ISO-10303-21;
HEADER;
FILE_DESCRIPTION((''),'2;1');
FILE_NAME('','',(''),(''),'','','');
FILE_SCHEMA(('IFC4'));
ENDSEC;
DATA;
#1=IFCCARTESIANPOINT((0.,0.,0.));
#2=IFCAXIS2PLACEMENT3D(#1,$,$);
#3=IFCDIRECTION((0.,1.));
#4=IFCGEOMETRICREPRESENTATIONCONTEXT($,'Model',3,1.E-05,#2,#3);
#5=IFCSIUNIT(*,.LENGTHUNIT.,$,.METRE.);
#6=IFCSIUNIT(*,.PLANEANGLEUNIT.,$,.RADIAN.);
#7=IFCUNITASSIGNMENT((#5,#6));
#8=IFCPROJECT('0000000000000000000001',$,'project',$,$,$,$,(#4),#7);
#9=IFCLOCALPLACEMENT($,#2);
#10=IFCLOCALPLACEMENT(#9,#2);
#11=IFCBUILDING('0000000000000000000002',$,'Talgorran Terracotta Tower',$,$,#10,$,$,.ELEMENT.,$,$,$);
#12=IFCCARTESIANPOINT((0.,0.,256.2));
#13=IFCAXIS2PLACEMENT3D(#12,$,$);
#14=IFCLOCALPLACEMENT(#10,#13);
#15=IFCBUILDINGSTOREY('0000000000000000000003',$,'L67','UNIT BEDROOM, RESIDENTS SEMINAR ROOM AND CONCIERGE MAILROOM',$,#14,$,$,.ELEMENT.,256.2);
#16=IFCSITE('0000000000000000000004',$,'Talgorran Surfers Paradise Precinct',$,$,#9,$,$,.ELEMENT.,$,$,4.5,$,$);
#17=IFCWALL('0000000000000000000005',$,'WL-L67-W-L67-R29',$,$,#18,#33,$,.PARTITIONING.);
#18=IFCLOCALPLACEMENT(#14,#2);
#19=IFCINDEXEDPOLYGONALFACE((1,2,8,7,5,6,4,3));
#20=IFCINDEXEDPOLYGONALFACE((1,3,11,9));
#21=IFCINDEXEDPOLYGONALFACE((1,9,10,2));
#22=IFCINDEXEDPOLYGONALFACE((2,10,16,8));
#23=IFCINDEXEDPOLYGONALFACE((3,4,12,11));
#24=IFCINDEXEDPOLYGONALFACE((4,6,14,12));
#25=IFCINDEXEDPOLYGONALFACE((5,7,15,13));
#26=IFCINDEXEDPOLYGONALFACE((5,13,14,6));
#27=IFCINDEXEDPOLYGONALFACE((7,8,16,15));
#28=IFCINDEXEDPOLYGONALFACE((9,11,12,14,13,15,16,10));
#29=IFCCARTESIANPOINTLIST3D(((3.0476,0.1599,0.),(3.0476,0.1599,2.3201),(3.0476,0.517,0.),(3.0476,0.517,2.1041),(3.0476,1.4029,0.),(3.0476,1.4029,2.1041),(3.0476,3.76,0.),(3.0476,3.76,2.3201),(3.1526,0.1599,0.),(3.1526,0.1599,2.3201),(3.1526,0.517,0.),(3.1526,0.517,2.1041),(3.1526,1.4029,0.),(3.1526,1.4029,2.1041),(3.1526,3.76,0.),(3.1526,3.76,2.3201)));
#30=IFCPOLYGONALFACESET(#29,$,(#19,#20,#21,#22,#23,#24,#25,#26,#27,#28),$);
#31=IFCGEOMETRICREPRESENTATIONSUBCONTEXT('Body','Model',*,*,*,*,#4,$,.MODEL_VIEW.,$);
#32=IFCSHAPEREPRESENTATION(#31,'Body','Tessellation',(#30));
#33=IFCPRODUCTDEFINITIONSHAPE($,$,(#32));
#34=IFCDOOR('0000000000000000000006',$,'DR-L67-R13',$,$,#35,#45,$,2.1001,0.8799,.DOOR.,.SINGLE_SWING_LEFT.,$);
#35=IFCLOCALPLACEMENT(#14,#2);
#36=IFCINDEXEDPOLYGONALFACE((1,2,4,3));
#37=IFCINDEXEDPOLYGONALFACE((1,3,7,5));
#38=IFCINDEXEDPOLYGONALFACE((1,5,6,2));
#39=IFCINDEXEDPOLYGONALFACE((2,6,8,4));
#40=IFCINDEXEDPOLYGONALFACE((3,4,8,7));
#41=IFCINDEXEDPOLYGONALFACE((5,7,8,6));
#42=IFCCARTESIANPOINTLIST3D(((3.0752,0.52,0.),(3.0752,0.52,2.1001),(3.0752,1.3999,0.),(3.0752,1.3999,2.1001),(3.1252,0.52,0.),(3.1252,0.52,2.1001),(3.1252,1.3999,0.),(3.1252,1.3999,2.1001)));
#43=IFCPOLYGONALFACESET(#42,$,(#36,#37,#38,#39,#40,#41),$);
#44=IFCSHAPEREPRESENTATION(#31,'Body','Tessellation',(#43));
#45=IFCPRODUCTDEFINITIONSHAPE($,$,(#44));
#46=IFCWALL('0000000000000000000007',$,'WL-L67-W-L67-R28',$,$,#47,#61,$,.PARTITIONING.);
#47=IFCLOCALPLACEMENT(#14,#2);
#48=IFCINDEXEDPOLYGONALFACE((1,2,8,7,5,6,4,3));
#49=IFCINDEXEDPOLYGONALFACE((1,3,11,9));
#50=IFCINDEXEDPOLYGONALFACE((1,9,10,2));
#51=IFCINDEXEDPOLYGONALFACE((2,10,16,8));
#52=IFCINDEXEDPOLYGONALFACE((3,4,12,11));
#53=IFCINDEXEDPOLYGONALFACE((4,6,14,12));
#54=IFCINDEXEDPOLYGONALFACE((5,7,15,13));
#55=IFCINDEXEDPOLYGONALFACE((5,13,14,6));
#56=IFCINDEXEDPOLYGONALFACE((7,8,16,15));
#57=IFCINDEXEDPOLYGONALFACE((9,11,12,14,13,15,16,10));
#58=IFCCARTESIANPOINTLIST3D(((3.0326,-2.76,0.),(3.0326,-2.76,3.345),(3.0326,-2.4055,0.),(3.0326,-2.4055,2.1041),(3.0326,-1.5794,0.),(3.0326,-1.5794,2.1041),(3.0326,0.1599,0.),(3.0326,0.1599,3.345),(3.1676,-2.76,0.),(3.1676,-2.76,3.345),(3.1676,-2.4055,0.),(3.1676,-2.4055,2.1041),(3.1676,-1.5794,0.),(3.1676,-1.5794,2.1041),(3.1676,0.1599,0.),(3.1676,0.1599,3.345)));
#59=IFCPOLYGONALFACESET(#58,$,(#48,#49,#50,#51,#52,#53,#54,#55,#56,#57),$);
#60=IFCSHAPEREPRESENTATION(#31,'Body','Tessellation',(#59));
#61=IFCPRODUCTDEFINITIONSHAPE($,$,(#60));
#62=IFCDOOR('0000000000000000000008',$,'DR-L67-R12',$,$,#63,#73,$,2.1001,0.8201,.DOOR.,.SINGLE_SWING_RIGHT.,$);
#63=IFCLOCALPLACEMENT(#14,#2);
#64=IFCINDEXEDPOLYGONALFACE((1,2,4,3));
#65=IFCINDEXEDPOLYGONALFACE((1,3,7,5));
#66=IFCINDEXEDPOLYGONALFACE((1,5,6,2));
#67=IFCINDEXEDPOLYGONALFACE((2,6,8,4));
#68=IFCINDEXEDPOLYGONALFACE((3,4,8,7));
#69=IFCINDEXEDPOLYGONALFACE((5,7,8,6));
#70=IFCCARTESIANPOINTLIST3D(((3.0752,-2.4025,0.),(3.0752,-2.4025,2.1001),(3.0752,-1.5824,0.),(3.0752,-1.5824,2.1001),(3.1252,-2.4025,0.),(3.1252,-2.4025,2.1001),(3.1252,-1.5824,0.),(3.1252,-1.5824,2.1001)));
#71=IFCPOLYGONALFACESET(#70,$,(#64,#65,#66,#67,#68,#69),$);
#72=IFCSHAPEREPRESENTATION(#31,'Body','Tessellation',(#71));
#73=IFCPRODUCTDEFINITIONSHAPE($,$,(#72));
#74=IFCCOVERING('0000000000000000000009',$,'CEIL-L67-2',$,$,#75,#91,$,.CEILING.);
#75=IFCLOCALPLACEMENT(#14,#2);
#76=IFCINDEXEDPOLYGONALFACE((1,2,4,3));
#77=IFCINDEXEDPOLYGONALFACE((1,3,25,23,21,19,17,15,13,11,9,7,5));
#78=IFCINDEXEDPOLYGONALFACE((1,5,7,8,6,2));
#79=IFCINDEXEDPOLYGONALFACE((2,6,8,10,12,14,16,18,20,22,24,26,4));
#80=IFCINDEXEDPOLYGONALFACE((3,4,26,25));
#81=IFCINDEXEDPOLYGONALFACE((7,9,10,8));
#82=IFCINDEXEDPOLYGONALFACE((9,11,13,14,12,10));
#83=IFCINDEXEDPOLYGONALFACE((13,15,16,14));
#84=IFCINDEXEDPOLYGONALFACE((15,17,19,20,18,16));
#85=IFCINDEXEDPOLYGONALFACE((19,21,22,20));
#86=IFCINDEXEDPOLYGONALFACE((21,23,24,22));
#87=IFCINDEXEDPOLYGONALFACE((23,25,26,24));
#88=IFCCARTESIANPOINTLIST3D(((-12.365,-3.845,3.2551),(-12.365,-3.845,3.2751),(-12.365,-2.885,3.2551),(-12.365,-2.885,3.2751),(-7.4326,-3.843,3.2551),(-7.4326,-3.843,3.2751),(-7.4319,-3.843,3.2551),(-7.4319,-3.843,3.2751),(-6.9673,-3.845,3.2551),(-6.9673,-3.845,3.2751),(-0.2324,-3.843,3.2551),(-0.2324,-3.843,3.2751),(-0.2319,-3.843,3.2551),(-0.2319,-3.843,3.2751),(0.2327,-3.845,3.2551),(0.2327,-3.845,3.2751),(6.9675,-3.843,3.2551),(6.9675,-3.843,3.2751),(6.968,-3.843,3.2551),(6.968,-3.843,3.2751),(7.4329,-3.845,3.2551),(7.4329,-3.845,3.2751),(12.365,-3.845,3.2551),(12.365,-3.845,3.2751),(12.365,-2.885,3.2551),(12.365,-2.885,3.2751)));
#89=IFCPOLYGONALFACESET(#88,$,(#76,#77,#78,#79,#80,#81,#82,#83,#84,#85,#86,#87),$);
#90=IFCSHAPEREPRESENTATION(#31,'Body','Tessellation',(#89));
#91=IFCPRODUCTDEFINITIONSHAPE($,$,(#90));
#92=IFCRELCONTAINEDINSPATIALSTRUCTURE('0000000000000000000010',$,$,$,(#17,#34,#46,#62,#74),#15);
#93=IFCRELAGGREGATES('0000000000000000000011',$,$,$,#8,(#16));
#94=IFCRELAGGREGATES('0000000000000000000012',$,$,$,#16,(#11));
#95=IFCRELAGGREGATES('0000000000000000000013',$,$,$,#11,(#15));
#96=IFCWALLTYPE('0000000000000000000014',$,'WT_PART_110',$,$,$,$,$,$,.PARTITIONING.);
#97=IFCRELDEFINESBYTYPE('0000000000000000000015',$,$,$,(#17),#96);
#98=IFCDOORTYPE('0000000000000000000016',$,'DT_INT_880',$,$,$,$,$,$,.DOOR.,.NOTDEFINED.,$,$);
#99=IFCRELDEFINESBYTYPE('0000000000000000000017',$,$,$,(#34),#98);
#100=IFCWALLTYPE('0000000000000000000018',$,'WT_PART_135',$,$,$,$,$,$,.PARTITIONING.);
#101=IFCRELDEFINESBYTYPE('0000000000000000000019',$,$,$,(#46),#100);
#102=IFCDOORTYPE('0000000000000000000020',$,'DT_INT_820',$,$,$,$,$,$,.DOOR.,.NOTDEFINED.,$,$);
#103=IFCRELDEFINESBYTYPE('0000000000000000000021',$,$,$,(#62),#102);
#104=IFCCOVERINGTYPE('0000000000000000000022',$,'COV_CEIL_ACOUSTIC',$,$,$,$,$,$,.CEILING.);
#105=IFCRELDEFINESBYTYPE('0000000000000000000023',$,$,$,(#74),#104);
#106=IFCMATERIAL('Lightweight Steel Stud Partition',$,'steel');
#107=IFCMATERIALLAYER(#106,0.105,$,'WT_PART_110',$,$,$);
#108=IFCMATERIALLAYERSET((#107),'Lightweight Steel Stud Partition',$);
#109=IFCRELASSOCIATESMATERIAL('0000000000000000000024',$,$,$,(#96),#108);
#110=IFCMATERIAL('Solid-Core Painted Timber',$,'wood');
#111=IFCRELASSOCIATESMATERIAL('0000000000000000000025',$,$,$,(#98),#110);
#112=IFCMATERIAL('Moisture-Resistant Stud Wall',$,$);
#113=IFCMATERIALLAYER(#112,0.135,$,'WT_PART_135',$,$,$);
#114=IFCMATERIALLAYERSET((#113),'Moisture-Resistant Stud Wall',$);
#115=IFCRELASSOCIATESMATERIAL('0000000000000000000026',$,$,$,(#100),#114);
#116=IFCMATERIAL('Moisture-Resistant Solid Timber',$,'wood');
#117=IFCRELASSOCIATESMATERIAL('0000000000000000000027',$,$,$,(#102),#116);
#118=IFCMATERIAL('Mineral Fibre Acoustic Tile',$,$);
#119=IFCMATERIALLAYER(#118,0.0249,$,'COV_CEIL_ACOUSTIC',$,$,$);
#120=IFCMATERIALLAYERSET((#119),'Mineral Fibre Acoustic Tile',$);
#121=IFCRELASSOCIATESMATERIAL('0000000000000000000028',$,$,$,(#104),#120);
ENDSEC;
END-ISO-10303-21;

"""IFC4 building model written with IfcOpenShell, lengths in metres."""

from ifc_helpers import new_model, si_unit, direction, frame, frame_2d, origin, place, context, subcontext, project, spatial, polyline, rectangle, outline, extrude, material, layer, layer_set, type_object, element, fill, save


model = new_model("IFC4")

# Units and contexts
model_context = context("Model", 3, precision=1e-05, world=origin(), true_north=direction((0.0, 1.0)))
body_context = subcontext(model_context, "Body", "Model", "MODEL_VIEW")
ifc_project = project(units=[si_unit("LENGTHUNIT", "METRE"), si_unit("PLANEANGLEUNIT", "RADIAN")], contexts=[model_context])

# Site, building, storey
site_placement = place(None, origin())
site = spatial("IfcSite", under=ifc_project, at=site_placement, Name="Talgorran Surfers Paradise Precinct", CompositionType="ELEMENT", RefElevation=4.5)
building_placement = place(site_placement, origin())
building = spatial("IfcBuilding", under=site, at=building_placement, Name="Talgorran Terracotta Tower", CompositionType="ELEMENT")
storey_placement = place(building_placement, frame((0.0, 0.0, 256.2)))
storey = spatial("IfcBuildingStorey", under=building, at=storey_placement, Name="L67", Description="UNIT BEDROOM, RESIDENTS SEMINAR ROOM AND CONCIERGE MAILROOM", CompositionType="ELEMENT", Elevation=256.2)

# Walls, openings, doors
ifc_material_1 = material(Name="Lightweight Steel Stud Partition", Category="steel")
ifc_layer_1 = layer(ifc_material_1, 0.105, Name="WT_PART_110")
ifc_layer_set_1 = layer_set([ifc_layer_1], Name="Lightweight Steel Stud Partition")
wall_type_1 = type_object("IfcWallType", Name="WT_PART_110", PredefinedType="PARTITIONING", material=ifc_layer_set_1)
wall_1_placement = place(storey_placement, frame((3.1001, 0.1599, 0.0), z_axis=(0.0, 0.0, 1.0), x_axis=(0.0, 1.0, 0.0)))
wall_1 = element("IfcWall", 1, at=wall_1_placement, inside=storey, type_object=wall_type_1, Name="WL-L67-W-L67-R29", PredefinedType="PARTITIONING", context=body_context, shape_type="SweptSolid", body=[
    extrude(rectangle(XDim=3.6001, YDim=0.105, at=frame_2d((1.8, 0.0))), origin(), (0.0, 0.0, 1.0), 2.3201),
])
opening_1_placement = place(wall_1_placement, frame((0.3601, 0.0, 0.0)))
opening_1 = element("IfcOpeningElement", 2, at=opening_1_placement, cuts=wall_1, PredefinedType="OPENING", context=body_context, shape_type="SweptSolid", body=[
    extrude(rectangle(XDim=0.8859, YDim=2.1041, at=frame_2d((0.4399, 1.052))), frame((0.0, 0.0625, 0.0), z_axis=(0.0, -1.0, 0.0), x_axis=(1.0, 0.0, 0.0)), (0.0, 0.0, 1.0), 0.125),
])
ifc_material_2 = material(Name="Solid-Core Painted Timber", Category="wood")
door_type_1 = type_object("IfcDoorType", Name="DT_INT_880", OperationType="NOTDEFINED", PredefinedType="DOOR", material=ifc_material_2)
door_1_placement = place(opening_1_placement, origin())
door_1 = element("IfcDoor", 3, at=door_1_placement, inside=storey, type_object=door_type_1, Name="DR-L67-R13", OperationType="SINGLE_SWING_LEFT", OverallHeight=2.1001, OverallWidth=0.8799, PredefinedType="DOOR", context=body_context, shape_type="SweptSolid", body=[
    extrude(rectangle(XDim=0.8799, YDim=2.1001, at=frame_2d((0.4399, 1.05))), frame((0.0, 0.0249, 0.0), z_axis=(0.0, -1.0, 0.0), x_axis=(1.0, 0.0, 0.0)), (0.0, 0.0, 1.0), 0.05),
])
fill(opening_1, door_1)
ifc_material_3 = material(Name="Moisture-Resistant Stud Wall")
ifc_layer_2 = layer(ifc_material_3, 0.135, Name="WT_PART_135")
ifc_layer_set_2 = layer_set([ifc_layer_2], Name="Moisture-Resistant Stud Wall")
wall_type_2 = type_object("IfcWallType", Name="WT_PART_135", PredefinedType="PARTITIONING", material=ifc_layer_set_2)
wall_2_placement = place(storey_placement, frame((3.1001, -2.76, 0.0), z_axis=(0.0, 0.0, 1.0), x_axis=(0.0, 1.0, 0.0)))
wall_2 = element("IfcWall", 4, at=wall_2_placement, inside=storey, type_object=wall_type_2, Name="WL-L67-W-L67-R28", PredefinedType="PARTITIONING", context=body_context, shape_type="SweptSolid", body=[
    extrude(rectangle(XDim=2.9199, YDim=0.135, at=frame_2d((1.46, 0.0))), origin(), (0.0, 0.0, 1.0), 3.345),
])
opening_2_placement = place(wall_2_placement, frame((0.3574, 0.0, 0.0)))
opening_2 = element("IfcOpeningElement", 5, at=opening_2_placement, cuts=wall_2, PredefinedType="OPENING", context=body_context, shape_type="SweptSolid", body=[
    extrude(rectangle(XDim=0.8261, YDim=2.1041, at=frame_2d((0.4102, 1.052))), frame((0.0, 0.0776, 0.0), z_axis=(0.0, -1.0, 0.0), x_axis=(1.0, 0.0, 0.0)), (0.0, 0.0, 1.0), 0.155),
])
ifc_material_4 = material(Name="Moisture-Resistant Solid Timber", Category="wood")
door_type_2 = type_object("IfcDoorType", Name="DT_INT_820", OperationType="NOTDEFINED", PredefinedType="DOOR", material=ifc_material_4)
door_2_placement = place(opening_2_placement, origin())
door_2 = element("IfcDoor", 6, at=door_2_placement, inside=storey, type_object=door_type_2, Name="DR-L67-R12", OperationType="SINGLE_SWING_RIGHT", OverallHeight=2.1001, OverallWidth=0.8201, PredefinedType="DOOR", context=body_context, shape_type="SweptSolid", body=[
    extrude(rectangle(XDim=0.8201, YDim=2.1001, at=frame_2d((0.4102, 1.05))), frame((0.0, 0.0249, 0.0), z_axis=(0.0, -1.0, 0.0), x_axis=(1.0, 0.0, 0.0)), (0.0, 0.0, 1.0), 0.05),
])
fill(opening_2, door_2)

# Covering
ifc_material_5 = material(Name="Mineral Fibre Acoustic Tile")
ifc_layer_3 = layer(ifc_material_5, 0.0249, Name="COV_CEIL_ACOUSTIC")
ifc_layer_set_3 = layer_set([ifc_layer_3], Name="Mineral Fibre Acoustic Tile")
covering_type_1 = type_object("IfcCoveringType", Name="COV_CEIL_ACOUSTIC", PredefinedType="CEILING", material=ifc_layer_set_3)
covering_1_placement = place(storey_placement, frame((0.0, 0.0, 3.2551)))
element("IfcCovering", 7, at=covering_1_placement, inside=storey, type_object=covering_type_1, Name="CEIL-L67-2", PredefinedType="CEILING", context=body_context, shape_type="SweptSolid", body=[
    extrude(outline(polyline([(-12.365, -2.885), (12.365, -2.885), (12.365, -3.845), (7.4329, -3.845), (6.968, -3.843), (6.9675, -3.843), (0.2327, -3.845), (-0.2319, -3.843), (-0.2324, -3.843), (-6.9673, -3.845), (-7.4319, -3.843), (-7.4326, -3.843), (-12.365, -3.845), (-12.365, -2.885)])), origin(), (0.0, 0.0, 1.0), 0.02),
])

save(model, "model.ifc")
